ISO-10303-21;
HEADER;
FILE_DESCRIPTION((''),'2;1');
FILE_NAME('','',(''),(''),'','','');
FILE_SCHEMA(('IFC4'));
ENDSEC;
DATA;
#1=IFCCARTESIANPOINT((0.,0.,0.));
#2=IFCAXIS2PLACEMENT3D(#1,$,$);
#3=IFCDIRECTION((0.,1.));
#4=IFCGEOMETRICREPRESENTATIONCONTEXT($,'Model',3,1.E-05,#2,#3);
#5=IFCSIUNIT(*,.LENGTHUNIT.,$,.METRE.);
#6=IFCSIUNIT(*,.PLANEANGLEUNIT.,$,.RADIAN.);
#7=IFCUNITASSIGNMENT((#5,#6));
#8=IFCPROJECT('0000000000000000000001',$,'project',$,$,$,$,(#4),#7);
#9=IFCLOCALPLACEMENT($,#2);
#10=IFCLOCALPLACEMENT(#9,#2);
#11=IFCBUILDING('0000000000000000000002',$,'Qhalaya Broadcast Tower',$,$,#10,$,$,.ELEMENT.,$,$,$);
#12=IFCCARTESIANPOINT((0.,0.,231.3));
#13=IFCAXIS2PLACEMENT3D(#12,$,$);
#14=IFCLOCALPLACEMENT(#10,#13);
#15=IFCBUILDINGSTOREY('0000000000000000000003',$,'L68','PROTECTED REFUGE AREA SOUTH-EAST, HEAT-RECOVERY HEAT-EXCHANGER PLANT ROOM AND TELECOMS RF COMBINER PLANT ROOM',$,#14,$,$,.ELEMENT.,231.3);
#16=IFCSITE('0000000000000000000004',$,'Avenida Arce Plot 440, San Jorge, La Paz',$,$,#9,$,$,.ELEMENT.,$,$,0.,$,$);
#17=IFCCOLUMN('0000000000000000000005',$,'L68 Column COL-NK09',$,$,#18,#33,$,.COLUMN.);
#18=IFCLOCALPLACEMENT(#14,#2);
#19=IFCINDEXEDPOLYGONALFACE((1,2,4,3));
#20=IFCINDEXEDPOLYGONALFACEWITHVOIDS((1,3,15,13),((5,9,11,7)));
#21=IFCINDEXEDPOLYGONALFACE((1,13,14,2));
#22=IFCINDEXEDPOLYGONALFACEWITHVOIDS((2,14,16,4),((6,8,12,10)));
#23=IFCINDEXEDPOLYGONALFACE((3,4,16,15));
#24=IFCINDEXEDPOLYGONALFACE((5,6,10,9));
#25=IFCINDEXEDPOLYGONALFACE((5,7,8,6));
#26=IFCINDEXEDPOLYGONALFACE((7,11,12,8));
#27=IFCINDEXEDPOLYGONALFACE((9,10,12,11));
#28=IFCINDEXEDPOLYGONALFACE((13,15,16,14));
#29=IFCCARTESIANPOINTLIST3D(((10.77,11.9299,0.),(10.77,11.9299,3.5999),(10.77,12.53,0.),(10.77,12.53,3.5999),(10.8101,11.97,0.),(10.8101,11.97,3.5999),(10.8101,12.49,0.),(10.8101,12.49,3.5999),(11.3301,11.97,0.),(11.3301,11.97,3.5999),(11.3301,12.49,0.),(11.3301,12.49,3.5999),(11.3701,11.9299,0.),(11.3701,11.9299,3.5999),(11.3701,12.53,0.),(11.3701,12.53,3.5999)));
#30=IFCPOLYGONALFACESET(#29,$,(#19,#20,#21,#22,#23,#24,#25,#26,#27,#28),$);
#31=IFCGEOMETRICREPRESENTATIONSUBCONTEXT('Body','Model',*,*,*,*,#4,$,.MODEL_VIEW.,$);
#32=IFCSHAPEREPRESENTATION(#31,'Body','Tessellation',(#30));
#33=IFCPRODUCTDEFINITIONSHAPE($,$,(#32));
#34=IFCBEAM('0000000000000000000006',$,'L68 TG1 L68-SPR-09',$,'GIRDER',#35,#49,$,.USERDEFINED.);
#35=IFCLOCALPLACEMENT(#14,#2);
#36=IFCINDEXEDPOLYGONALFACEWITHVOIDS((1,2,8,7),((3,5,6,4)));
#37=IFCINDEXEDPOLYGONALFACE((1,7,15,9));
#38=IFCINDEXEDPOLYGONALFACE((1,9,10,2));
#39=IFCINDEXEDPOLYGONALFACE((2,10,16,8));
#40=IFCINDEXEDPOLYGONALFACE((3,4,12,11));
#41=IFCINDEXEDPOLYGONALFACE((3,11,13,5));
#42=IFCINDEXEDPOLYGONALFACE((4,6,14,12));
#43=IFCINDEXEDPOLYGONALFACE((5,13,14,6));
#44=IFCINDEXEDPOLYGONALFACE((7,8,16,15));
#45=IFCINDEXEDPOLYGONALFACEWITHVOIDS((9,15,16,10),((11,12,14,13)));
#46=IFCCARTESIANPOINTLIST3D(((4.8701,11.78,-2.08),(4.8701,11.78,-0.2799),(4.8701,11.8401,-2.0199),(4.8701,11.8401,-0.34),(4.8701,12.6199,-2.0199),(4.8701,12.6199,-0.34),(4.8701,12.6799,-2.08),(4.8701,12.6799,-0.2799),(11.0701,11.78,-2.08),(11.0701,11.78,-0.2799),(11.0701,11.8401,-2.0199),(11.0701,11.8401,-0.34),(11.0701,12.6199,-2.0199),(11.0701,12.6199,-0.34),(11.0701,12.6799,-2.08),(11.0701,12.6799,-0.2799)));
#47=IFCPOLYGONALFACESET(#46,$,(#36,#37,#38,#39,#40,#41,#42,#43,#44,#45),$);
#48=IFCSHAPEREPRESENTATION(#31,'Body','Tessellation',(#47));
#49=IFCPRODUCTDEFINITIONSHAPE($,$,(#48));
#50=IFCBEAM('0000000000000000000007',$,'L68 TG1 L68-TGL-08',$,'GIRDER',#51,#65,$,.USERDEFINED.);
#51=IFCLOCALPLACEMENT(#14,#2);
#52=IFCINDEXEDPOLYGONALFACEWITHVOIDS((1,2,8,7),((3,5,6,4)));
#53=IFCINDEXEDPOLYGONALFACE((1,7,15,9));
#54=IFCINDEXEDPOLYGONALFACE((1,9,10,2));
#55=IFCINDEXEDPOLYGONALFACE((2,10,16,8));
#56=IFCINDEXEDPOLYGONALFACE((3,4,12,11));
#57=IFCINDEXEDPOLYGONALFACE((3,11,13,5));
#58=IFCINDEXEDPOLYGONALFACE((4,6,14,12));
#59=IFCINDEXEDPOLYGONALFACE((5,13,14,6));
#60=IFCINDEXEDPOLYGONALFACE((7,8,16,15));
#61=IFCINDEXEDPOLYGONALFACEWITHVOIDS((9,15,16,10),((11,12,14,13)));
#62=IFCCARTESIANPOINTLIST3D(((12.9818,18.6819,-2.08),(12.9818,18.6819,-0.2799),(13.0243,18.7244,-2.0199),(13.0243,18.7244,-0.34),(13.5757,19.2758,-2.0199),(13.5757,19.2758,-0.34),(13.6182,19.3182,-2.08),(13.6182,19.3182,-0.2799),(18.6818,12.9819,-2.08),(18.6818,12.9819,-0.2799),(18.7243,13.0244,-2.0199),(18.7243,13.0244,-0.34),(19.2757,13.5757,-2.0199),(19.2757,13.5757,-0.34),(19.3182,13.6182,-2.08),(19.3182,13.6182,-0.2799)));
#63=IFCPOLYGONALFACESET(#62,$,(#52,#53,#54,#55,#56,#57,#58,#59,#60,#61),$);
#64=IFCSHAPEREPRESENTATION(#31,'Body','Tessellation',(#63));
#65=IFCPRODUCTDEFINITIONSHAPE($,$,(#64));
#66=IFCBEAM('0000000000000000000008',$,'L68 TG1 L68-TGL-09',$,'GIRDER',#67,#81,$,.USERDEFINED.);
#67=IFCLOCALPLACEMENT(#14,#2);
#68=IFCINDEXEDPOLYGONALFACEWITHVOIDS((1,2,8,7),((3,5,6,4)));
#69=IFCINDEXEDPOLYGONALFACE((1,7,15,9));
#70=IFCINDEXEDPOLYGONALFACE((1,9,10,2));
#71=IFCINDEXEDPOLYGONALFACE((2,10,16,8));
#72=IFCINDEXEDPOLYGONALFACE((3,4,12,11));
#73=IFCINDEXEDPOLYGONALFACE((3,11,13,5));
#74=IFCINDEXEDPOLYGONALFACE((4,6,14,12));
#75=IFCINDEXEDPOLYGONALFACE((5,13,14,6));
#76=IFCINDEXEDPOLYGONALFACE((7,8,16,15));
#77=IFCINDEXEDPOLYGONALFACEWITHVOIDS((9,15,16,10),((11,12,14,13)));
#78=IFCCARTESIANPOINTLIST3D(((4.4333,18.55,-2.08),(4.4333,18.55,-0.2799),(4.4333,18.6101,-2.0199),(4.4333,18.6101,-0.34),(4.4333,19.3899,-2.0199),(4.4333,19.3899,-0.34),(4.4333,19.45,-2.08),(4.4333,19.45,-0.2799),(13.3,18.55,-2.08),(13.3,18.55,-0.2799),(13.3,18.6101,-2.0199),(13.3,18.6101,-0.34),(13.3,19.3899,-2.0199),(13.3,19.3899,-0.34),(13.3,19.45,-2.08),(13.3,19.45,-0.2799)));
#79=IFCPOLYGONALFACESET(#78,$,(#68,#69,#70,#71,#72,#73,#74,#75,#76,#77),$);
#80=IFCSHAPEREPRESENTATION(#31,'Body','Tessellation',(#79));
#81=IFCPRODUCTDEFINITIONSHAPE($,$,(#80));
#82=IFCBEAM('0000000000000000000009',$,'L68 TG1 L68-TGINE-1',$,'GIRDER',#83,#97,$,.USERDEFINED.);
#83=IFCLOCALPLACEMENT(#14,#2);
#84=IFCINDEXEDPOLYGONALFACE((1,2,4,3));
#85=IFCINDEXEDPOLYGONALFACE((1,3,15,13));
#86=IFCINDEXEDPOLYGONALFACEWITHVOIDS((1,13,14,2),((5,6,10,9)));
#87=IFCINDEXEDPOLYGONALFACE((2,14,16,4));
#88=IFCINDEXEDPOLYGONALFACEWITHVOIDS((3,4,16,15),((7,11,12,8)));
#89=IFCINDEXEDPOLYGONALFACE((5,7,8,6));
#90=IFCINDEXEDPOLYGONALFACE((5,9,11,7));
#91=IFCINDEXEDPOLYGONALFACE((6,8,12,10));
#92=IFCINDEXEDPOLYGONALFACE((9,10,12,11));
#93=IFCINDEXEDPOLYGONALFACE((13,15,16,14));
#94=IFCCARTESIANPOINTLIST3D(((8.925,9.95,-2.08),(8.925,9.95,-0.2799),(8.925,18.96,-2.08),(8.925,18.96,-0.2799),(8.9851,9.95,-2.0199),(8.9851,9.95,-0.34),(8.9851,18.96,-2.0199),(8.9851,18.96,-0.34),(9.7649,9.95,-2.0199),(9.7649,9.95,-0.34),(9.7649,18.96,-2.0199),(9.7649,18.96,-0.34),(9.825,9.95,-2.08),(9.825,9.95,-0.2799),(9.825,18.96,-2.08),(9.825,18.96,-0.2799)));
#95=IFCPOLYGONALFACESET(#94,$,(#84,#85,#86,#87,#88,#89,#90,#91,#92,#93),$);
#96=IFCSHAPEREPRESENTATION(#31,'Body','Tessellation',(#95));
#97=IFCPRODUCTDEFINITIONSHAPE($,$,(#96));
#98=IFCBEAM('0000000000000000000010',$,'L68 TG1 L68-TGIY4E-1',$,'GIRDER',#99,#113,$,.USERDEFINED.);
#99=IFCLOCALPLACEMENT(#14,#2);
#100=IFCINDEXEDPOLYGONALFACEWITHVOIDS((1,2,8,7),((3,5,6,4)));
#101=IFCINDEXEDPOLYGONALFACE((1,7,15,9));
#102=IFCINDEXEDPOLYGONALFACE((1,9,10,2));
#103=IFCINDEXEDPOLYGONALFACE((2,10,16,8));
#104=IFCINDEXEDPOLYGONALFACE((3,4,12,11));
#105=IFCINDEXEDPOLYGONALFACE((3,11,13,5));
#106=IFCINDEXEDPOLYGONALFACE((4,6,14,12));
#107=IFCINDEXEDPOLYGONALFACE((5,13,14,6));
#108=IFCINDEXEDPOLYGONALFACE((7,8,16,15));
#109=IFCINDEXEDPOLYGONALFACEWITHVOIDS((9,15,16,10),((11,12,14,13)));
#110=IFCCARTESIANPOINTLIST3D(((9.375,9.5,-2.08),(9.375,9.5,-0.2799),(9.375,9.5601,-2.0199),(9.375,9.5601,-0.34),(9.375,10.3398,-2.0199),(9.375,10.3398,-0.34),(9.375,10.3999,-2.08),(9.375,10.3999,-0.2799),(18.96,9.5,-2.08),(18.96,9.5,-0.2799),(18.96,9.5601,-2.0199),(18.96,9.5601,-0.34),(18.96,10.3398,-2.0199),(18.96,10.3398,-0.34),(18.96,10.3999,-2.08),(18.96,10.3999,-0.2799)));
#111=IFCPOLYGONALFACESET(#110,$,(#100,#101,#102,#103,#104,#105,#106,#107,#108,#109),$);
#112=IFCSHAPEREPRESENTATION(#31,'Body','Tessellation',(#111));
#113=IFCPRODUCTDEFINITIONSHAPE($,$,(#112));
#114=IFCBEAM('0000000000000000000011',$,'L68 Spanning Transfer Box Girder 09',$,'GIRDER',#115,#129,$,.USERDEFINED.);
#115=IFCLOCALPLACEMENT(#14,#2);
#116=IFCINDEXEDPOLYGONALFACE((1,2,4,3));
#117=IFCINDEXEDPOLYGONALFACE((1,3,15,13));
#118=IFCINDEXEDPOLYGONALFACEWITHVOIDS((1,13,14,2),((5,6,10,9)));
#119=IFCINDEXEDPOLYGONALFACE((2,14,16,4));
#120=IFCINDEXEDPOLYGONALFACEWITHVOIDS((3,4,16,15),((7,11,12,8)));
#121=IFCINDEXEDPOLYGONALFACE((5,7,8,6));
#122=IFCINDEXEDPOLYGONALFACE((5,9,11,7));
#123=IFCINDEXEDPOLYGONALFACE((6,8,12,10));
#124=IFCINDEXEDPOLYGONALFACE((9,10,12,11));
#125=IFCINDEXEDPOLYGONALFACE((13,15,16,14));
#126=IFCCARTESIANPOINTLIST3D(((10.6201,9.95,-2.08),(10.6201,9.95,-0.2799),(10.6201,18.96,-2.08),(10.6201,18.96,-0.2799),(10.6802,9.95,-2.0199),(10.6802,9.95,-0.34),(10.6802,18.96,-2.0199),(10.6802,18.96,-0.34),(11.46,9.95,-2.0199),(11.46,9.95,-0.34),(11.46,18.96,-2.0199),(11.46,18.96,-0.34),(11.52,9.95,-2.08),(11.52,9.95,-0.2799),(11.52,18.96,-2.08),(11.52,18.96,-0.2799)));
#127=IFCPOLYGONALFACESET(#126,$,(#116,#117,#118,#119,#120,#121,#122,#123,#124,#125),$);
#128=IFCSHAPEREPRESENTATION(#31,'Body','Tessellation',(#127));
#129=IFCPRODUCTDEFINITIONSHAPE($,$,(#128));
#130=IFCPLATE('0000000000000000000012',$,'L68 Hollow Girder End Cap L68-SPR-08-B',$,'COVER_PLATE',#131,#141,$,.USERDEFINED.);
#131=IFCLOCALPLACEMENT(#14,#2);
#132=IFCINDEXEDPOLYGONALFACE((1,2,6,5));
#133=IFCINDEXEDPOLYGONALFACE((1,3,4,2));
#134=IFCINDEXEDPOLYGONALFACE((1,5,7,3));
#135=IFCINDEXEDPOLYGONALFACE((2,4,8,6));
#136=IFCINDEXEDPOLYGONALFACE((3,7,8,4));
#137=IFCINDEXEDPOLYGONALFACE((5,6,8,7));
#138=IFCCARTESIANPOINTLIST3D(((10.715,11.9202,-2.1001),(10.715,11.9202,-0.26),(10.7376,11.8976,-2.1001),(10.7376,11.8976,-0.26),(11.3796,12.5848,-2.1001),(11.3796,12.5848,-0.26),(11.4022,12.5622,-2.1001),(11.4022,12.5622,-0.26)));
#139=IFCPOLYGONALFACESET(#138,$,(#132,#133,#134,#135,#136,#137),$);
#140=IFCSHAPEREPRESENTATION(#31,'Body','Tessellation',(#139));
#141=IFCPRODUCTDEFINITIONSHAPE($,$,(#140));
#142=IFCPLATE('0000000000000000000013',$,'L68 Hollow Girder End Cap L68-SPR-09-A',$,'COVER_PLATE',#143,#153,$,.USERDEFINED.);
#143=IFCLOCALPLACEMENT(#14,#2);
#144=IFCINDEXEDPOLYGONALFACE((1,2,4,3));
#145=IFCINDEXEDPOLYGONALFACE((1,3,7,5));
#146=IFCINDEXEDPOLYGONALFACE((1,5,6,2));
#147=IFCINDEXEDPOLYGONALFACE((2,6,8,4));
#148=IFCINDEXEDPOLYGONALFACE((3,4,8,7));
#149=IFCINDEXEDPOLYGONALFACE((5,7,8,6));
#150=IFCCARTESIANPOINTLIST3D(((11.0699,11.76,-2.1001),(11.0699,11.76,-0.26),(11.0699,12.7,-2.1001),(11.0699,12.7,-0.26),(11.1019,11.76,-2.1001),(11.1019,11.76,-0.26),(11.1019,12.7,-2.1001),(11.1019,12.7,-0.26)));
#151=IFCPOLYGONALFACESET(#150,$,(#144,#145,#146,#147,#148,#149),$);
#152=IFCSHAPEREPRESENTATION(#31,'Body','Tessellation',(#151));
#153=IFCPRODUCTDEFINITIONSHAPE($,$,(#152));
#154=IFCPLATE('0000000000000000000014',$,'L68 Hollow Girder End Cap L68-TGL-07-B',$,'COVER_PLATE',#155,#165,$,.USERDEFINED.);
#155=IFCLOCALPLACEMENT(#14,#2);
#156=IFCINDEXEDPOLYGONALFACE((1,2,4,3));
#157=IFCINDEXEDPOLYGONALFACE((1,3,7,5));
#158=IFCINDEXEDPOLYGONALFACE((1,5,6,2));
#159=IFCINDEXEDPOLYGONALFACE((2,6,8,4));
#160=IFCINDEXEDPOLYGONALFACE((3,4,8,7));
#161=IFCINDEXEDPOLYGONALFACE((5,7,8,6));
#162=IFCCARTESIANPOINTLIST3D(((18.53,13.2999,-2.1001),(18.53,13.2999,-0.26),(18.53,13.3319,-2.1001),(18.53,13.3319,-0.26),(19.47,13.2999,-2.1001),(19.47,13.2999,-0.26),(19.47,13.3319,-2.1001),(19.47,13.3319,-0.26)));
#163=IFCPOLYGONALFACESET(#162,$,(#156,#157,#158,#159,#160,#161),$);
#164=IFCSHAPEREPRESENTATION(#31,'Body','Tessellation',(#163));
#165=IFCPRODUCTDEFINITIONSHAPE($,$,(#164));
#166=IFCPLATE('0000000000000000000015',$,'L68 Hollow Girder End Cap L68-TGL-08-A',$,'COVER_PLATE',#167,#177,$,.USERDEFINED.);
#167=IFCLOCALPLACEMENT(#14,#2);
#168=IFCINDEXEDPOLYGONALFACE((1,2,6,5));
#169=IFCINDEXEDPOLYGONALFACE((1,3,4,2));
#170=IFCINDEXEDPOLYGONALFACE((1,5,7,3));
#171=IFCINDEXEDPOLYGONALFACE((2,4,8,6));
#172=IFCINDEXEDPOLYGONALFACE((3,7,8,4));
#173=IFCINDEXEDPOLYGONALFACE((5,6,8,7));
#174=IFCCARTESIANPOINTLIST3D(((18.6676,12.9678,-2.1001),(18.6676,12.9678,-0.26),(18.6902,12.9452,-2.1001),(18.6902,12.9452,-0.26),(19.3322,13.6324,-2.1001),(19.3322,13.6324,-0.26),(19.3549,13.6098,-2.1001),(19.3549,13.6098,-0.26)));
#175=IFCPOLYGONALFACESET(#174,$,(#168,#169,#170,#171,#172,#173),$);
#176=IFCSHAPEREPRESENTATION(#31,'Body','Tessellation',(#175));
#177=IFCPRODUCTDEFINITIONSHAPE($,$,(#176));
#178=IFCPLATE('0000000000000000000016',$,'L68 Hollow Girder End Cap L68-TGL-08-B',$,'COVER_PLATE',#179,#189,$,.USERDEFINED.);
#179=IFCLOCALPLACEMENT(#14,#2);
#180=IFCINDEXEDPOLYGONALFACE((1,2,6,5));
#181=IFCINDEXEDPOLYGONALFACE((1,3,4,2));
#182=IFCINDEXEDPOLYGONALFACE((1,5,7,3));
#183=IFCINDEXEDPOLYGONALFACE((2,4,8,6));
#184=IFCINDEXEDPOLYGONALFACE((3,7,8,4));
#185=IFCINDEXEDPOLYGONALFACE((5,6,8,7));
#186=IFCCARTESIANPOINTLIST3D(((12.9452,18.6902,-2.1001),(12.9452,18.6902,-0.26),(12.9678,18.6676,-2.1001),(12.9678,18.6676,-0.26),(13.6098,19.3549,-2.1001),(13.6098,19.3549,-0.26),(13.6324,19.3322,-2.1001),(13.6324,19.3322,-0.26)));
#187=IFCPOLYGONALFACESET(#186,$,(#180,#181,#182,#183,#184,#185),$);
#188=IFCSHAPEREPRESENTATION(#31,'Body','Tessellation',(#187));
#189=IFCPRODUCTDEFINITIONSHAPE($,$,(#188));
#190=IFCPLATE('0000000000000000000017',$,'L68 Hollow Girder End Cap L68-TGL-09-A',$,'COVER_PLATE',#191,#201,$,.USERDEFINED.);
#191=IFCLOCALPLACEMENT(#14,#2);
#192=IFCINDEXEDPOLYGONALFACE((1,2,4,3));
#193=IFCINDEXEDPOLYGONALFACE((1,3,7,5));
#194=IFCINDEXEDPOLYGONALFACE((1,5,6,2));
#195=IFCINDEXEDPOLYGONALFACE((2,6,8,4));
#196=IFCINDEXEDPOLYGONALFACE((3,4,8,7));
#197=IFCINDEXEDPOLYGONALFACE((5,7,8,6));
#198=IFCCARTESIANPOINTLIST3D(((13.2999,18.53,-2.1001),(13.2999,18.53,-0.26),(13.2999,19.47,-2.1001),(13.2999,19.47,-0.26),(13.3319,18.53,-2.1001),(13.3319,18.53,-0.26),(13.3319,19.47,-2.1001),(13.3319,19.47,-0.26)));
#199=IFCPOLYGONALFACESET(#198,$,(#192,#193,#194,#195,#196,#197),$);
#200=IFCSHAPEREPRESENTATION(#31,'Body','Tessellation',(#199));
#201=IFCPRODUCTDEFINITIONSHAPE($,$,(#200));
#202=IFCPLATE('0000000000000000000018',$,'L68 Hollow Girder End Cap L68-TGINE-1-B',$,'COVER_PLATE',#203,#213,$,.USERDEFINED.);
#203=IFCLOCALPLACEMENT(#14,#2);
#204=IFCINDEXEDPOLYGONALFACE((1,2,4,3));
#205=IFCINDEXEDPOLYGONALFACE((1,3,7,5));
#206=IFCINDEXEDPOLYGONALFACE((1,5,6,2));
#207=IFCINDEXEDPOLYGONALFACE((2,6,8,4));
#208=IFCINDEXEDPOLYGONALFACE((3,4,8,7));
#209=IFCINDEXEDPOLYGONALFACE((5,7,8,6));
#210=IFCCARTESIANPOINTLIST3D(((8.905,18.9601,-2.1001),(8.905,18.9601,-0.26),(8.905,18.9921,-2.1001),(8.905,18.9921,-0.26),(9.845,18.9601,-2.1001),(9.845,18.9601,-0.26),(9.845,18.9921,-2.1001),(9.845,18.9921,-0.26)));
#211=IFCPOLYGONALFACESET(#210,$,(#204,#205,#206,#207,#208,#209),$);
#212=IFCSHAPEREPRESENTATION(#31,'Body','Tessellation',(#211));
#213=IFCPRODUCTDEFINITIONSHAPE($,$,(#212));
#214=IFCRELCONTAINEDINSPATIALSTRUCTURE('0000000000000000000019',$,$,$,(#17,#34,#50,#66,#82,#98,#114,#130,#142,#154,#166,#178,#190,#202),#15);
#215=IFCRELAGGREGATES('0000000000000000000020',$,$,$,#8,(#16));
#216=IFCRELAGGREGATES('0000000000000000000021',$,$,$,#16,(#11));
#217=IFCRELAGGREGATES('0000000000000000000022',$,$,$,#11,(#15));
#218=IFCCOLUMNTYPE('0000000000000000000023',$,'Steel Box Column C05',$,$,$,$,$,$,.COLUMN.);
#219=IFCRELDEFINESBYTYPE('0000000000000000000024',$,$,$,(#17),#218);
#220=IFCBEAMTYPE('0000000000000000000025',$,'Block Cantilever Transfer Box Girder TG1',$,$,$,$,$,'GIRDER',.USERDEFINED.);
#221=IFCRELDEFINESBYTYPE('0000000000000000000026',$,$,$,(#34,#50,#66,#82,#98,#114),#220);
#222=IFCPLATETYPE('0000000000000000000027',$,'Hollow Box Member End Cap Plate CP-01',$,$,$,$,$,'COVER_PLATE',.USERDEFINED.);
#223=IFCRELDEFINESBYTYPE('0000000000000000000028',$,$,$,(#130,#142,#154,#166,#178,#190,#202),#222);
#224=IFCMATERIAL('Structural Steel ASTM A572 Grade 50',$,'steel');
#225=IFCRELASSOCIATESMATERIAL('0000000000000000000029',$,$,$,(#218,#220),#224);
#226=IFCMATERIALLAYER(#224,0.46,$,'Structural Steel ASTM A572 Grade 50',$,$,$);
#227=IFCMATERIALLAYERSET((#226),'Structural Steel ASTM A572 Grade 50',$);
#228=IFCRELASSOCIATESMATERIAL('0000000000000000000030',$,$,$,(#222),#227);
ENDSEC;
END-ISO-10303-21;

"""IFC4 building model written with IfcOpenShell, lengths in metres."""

from ifc_helpers import new_model, si_unit, direction, frame, origin, origin_2d, place, context, subcontext, project, spatial, rectangle, hollow_rectangle, extrude, material, layer, layer_set, material_profile, profile_set, type_object, element, save


model = new_model("IFC4")

# Units and contexts
model_context = context("Model", 3, precision=1e-05, world=origin(), true_north=direction((0.0, 1.0)))
body_context = subcontext(model_context, "Body", "Model", "MODEL_VIEW")
ifc_project = project(units=[si_unit("LENGTHUNIT", "METRE"), si_unit("PLANEANGLEUNIT", "RADIAN")], contexts=[model_context])

# Site, building, storey
site_placement = place(None, origin())
site = spatial("IfcSite", under=ifc_project, at=site_placement, Name="Avenida Arce Plot 440, San Jorge, La Paz", CompositionType="ELEMENT", RefElevation=0.0)
building_placement = place(site_placement, origin())
building = spatial("IfcBuilding", under=site, at=building_placement, Name="Qhalaya Broadcast Tower", CompositionType="ELEMENT")
storey_placement = place(building_placement, frame((0.0, 0.0, 231.3)))
storey = spatial("IfcBuildingStorey", under=building, at=storey_placement, Name="L68", Description="PROTECTED REFUGE AREA SOUTH-EAST, HEAT-RECOVERY HEAT-EXCHANGER PLANT ROOM AND TELECOMS RF COMBINER PLANT ROOM", CompositionType="ELEMENT", Elevation=231.3)

# Column
ifc_material_1 = material(Name="Structural Steel ASTM A572 Grade 50", Category="steel")
ifc_material_profile_1 = material_profile(ifc_material_1, hollow_rectangle(XDim=0.6001, YDim=0.6001, WallThickness=0.04, at=origin_2d()), Name="BOX 600x600x40")
ifc_profile_set_1 = profile_set([ifc_material_profile_1], Name="Structural Steel ASTM A572 Grade 50")
column_type = type_object("IfcColumnType", Name="Steel Box Column C05", PredefinedType="COLUMN", material=ifc_profile_set_1)
column_placement = place(storey_placement, frame((11.0701, 12.23, 0.0), z_axis=(0.0, 0.0, 1.0), x_axis=(1.0, 0.0, 0.0)))
element("IfcColumn", 1, at=column_placement, inside=storey, type_object=column_type, Name="L68 Column COL-NK09", PredefinedType="COLUMN", context=body_context, shape_type="SweptSolid", body=[
    extrude(hollow_rectangle(XDim=0.6001, YDim=0.6001, WallThickness=0.04, at=origin_2d()), origin(), (0.0, 0.0, 1.0), 3.5999),
])

# Beams
ifc_material_profile_2 = material_profile(ifc_material_1, hollow_rectangle(XDim=0.8999, YDim=1.8, WallThickness=0.0601, at=origin_2d()), Name="BOX 900x1800x60")
ifc_profile_set_2 = profile_set([ifc_material_profile_2], Name="Structural Steel ASTM A572 Grade 50")
beam_type = type_object("IfcBeamType", Name="Block Cantilever Transfer Box Girder TG1", ElementType="GIRDER", PredefinedType="USERDEFINED", material=ifc_profile_set_2)
beam_1_placement = place(storey_placement, frame((11.0701, 12.23, -1.1799), z_axis=(-1.0, 0.0, 0.0), x_axis=(0.0, -1.0, 0.0)))
element("IfcBeam", 2, at=beam_1_placement, inside=storey, type_object=beam_type, Name="L68 TG1 L68-SPR-09", ObjectType="GIRDER", PredefinedType="USERDEFINED", context=body_context, shape_type="SweptSolid", body=[
    extrude(hollow_rectangle(XDim=0.8999, YDim=1.8, WallThickness=0.0601, at=origin_2d()), origin(), (0.0, 0.0, 1.0), 6.2),
])
beam_2_placement = place(storey_placement, frame((19.0, 13.3, -1.1799), z_axis=(-0.707107, 0.707107, 0.0), x_axis=(-0.707107, -0.707107, 0.0)))
element("IfcBeam", 3, at=beam_2_placement, inside=storey, type_object=beam_type, Name="L68 TG1 L68-TGL-08", ObjectType="GIRDER", PredefinedType="USERDEFINED", context=body_context, shape_type="SweptSolid", body=[
    extrude(hollow_rectangle(XDim=0.8999, YDim=1.8, WallThickness=0.0601, at=origin_2d()), origin(), (0.0, 0.0, 1.0), 8.061),
])
beam_3_placement = place(storey_placement, frame((13.3, 19.0, -1.1799), z_axis=(-1.0, 0.0, 0.0), x_axis=(0.0, -1.0, 0.0)))
element("IfcBeam", 4, at=beam_3_placement, inside=storey, type_object=beam_type, Name="L68 TG1 L68-TGL-09", ObjectType="GIRDER", PredefinedType="USERDEFINED", context=body_context, shape_type="SweptSolid", body=[
    extrude(hollow_rectangle(XDim=0.8999, YDim=1.8, WallThickness=0.0601, at=origin_2d()), origin(), (0.0, 0.0, 1.0), 8.8667),
])
beam_4_placement = place(storey_placement, frame((9.375, 9.95, -1.1799), z_axis=(0.0, 1.0, 0.0), x_axis=(-1.0, 0.0, 0.0)))
element("IfcBeam", 5, at=beam_4_placement, inside=storey, type_object=beam_type, Name="L68 TG1 L68-TGINE-1", ObjectType="GIRDER", PredefinedType="USERDEFINED", context=body_context, shape_type="SweptSolid", body=[
    extrude(hollow_rectangle(XDim=0.8999, YDim=1.8, WallThickness=0.0601, at=origin_2d()), origin(), (0.0, 0.0, 1.0), 9.01),
])
beam_5_placement = place(storey_placement, frame((9.375, 9.95, -1.1799), z_axis=(1.0, 0.0, 0.0), x_axis=(0.0, 1.0, 0.0)))
element("IfcBeam", 6, at=beam_5_placement, inside=storey, type_object=beam_type, Name="L68 TG1 L68-TGIY4E-1", ObjectType="GIRDER", PredefinedType="USERDEFINED", context=body_context, shape_type="SweptSolid", body=[
    extrude(hollow_rectangle(XDim=0.8999, YDim=1.8, WallThickness=0.0601, at=origin_2d()), origin(), (0.0, 0.0, 1.0), 9.585),
])
beam_6_placement = place(storey_placement, frame((11.0701, 9.95, -1.1799), z_axis=(0.0, 1.0, 0.0), x_axis=(-1.0, 0.0, 0.0)))
element("IfcBeam", 7, at=beam_6_placement, inside=storey, type_object=beam_type, Name="L68 Spanning Transfer Box Girder 09", ObjectType="GIRDER", PredefinedType="USERDEFINED", context=body_context, shape_type="SweptSolid", body=[
    extrude(hollow_rectangle(XDim=0.8999, YDim=1.8, WallThickness=0.0601, at=origin_2d()), origin(), (0.0, 0.0, 1.0), 9.01),
])

# Plates
ifc_layer_1 = layer(ifc_material_1, 0.46, Name="Structural Steel ASTM A572 Grade 50")
ifc_layer_set_1 = layer_set([ifc_layer_1], Name="Structural Steel ASTM A572 Grade 50")
plate_type_1 = type_object("IfcPlateType", Name="Hollow Box Member End Cap Plate CP-01", ElementType="COVER_PLATE", PredefinedType="USERDEFINED", material=ifc_layer_set_1)
for number, where, z_axis, x_axis, name in (
    (8, (11.0586, 12.2412, -2.1001), (0.0, 0.0, 1.0), (-0.707107, -0.707107, 0.0), "L68 Hollow Girder End Cap L68-SPR-08-B"),
    (9, (11.0859, 12.23, -2.1001), (0.0, 0.0, 1.0), (0.0, -1.0, 0.0), "L68 Hollow Girder End Cap L68-SPR-09-A"),
    (10, (19.0, 13.3159, -2.1001), (0.0, 0.0, 1.0), (-1.0, 0.0, 0.0), "L68 Hollow Girder End Cap L68-TGL-07-B"),
    (11, (19.0112, 13.2888, -2.1001), (0.0, 0.0, 1.0), (-0.707107, -0.707107, 0.0), "L68 Hollow Girder End Cap L68-TGL-08-A"),
    (12, (13.2888, 19.0112, -2.1001), (0.0, 0.0, 1.0), (-0.707107, -0.707107, 0.0), "L68 Hollow Girder End Cap L68-TGL-08-B"),
    (13, (13.3159, 19.0, -2.1001), (0.0, 0.0, 1.0), (0.0, -1.0, 0.0), "L68 Hollow Girder End Cap L68-TGL-09-A"),
    (14, (9.375, 18.9761, -2.1001), (0.0, 0.0, 1.0), (-1.0, 0.0, 0.0), "L68 Hollow Girder End Cap L68-TGINE-1-B"),
):
    element("IfcPlate", number, at=place(storey_placement, frame(where, z_axis=z_axis, x_axis=x_axis)), inside=storey, type_object=plate_type_1, Name=name, ObjectType="COVER_PLATE", PredefinedType="USERDEFINED", context=body_context, shape_type="SweptSolid", body=[
        extrude(rectangle(XDim=0.9399, YDim=0.032, at=origin_2d()), origin(), (0.0, 0.0, 1.0), 1.8401),
    ])

save(model, "model.ifc")
